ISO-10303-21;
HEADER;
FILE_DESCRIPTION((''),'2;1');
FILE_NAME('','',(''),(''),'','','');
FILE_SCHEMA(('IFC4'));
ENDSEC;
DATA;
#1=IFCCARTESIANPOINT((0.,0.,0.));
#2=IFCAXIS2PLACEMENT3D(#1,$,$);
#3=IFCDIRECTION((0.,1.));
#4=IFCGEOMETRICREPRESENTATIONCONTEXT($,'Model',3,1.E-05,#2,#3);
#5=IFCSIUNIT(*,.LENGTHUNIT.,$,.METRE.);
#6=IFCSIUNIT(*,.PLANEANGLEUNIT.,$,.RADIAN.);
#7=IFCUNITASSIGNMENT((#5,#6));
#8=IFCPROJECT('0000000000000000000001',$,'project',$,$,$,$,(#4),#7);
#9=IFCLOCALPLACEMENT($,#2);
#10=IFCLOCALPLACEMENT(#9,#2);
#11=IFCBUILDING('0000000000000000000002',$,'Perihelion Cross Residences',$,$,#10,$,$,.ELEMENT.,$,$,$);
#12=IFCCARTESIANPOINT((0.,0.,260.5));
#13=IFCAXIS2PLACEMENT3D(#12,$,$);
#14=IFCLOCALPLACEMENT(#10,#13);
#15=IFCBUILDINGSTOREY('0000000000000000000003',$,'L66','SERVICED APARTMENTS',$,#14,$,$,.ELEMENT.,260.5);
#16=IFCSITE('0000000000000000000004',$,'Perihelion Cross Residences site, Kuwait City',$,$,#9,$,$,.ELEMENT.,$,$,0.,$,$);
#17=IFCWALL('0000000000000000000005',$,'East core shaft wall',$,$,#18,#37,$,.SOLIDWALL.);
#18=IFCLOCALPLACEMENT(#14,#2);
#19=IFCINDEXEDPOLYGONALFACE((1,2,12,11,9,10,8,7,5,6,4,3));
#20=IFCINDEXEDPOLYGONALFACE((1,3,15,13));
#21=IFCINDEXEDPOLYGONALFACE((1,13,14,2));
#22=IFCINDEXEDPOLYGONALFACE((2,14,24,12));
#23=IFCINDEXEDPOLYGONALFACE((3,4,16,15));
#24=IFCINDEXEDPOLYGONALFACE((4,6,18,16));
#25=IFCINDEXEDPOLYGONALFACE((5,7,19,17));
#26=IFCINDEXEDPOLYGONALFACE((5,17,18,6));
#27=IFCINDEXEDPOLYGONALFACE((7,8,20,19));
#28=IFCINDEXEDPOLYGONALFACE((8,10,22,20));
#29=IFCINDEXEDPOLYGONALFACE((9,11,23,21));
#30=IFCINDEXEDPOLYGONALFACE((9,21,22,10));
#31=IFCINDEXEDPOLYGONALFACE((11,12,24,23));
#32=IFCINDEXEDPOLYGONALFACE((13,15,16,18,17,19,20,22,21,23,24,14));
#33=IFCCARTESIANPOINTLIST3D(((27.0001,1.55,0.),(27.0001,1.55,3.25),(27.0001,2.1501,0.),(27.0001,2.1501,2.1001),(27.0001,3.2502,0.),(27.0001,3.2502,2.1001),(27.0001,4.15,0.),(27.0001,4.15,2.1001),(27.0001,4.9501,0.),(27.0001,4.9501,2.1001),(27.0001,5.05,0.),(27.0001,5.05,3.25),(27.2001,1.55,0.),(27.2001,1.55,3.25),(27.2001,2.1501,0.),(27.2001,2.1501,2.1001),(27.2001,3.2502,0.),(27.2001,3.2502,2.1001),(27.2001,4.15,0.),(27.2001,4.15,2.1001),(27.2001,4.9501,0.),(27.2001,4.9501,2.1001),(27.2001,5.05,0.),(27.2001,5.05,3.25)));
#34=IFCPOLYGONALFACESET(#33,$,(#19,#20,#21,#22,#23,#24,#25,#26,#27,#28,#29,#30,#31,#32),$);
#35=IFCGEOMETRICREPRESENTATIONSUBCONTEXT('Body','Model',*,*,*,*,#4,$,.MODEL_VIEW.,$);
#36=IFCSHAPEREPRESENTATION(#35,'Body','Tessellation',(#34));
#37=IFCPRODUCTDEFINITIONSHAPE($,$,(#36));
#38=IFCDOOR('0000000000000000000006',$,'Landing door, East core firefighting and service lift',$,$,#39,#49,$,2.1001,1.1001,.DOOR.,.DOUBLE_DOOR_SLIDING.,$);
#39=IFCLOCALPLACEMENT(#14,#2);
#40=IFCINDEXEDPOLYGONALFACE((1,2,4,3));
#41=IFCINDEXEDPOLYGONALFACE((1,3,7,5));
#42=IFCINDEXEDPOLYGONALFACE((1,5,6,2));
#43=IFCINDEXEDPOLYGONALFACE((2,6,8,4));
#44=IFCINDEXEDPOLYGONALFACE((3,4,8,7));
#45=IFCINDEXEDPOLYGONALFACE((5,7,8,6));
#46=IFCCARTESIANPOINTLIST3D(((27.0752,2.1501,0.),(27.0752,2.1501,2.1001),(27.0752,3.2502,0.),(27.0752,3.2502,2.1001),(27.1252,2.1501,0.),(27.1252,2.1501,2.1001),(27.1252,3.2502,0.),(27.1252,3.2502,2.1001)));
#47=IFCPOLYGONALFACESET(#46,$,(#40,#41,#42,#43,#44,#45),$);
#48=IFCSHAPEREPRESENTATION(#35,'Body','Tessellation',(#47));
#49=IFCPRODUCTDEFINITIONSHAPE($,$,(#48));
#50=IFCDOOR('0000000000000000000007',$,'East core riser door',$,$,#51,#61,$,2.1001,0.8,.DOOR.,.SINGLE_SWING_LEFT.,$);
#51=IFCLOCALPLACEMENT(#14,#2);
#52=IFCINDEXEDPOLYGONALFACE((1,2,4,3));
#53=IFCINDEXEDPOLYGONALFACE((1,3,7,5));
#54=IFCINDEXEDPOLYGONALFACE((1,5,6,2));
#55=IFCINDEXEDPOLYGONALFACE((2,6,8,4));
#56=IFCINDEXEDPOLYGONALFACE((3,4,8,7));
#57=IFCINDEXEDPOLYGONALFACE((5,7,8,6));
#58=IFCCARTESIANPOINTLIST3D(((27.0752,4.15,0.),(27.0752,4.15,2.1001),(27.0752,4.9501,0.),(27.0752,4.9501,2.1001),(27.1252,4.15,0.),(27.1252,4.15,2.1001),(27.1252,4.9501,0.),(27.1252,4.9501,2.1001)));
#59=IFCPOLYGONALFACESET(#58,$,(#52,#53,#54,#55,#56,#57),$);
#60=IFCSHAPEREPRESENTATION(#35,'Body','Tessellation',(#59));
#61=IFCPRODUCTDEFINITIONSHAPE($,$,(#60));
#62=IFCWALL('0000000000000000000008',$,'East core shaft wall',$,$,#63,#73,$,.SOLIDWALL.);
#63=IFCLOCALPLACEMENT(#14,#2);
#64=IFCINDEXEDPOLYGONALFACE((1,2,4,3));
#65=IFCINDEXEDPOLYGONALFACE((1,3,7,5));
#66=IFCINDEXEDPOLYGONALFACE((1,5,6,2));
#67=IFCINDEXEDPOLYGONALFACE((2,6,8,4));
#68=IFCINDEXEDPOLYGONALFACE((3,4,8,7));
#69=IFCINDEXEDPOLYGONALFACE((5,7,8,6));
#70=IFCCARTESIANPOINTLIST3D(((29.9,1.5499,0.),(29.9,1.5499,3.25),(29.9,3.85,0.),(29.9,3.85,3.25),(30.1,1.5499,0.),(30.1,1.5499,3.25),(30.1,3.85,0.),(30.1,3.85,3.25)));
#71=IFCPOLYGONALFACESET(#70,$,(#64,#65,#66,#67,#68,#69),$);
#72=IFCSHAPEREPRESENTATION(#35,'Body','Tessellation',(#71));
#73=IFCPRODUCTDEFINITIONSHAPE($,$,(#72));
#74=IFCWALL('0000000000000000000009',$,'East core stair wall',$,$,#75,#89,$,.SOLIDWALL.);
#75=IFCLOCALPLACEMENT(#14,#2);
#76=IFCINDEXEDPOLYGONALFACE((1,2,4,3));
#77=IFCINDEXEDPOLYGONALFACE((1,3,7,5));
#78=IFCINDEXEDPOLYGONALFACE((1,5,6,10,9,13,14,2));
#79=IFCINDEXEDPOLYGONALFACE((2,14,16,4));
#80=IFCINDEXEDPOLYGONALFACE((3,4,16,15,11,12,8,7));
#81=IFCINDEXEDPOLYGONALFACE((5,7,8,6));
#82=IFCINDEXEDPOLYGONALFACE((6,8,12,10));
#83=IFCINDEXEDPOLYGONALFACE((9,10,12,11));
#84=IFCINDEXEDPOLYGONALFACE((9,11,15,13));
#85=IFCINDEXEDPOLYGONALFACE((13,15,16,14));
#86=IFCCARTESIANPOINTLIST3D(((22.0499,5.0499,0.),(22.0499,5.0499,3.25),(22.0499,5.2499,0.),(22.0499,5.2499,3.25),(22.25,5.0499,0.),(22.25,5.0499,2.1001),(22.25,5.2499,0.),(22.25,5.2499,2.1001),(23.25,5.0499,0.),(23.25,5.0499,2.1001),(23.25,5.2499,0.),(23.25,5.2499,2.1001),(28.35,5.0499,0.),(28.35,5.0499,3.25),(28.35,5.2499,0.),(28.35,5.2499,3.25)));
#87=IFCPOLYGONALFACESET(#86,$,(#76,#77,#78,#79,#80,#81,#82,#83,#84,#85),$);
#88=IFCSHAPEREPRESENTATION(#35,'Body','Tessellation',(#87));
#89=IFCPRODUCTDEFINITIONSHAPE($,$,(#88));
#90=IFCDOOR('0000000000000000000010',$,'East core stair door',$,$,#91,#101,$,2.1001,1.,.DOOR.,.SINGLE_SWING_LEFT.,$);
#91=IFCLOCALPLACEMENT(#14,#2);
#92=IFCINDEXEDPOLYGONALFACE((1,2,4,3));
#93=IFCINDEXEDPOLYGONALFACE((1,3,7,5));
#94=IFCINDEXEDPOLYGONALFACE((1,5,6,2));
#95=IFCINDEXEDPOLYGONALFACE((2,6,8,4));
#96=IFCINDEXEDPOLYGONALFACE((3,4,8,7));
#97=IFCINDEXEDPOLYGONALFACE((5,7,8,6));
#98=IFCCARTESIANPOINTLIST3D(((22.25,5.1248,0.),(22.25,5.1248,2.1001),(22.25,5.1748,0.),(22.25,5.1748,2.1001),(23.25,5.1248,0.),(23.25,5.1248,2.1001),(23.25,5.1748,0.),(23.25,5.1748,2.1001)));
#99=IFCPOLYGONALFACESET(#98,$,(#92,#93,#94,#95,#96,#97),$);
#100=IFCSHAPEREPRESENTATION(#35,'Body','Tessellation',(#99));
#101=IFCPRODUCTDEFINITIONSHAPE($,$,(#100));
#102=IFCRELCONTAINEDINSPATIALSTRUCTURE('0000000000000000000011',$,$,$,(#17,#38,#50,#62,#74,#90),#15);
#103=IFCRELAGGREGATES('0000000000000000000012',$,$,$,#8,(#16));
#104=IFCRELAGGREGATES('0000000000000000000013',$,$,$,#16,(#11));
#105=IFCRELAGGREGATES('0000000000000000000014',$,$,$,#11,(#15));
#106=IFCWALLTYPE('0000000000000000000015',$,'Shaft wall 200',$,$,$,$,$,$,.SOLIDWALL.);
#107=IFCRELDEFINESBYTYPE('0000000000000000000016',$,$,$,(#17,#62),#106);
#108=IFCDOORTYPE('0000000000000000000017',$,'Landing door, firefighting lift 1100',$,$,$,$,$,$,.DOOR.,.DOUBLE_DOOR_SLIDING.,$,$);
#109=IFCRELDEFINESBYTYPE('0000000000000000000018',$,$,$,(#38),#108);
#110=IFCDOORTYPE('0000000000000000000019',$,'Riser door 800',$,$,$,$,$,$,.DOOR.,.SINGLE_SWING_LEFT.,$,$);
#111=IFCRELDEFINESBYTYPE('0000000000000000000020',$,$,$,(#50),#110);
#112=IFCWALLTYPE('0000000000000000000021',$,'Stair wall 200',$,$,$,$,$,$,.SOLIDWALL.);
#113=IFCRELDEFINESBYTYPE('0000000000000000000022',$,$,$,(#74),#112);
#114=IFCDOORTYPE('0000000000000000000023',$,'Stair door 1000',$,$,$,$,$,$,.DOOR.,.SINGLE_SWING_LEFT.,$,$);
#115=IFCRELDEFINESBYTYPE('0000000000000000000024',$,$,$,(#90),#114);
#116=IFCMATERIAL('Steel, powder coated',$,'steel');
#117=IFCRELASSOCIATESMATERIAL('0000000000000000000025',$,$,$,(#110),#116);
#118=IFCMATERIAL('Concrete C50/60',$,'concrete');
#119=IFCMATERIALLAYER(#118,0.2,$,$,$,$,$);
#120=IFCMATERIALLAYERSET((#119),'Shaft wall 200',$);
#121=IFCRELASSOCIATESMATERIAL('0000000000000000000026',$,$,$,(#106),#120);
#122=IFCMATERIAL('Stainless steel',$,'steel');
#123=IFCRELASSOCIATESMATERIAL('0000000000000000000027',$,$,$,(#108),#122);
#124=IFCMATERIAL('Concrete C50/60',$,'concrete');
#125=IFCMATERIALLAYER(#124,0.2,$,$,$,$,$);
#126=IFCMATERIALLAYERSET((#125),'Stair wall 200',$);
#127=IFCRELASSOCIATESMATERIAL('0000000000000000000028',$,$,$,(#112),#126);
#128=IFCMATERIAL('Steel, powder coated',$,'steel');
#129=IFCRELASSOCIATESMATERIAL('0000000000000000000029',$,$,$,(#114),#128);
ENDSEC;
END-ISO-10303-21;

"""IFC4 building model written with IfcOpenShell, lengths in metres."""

from ifc_helpers import new_model, si_unit, direction, frame, frame_2d, origin, place, context, subcontext, project, spatial, rectangle, extrude, material, layer, layer_set, type_object, element, fill, save


model = new_model("IFC4")

# Units and contexts
model_context = context("Model", 3, precision=1e-05, world=origin(), true_north=direction((0.0, 1.0)))
body_context = subcontext(model_context, "Body", "Model", "MODEL_VIEW")
ifc_project = project(units=[si_unit("LENGTHUNIT", "METRE"), si_unit("PLANEANGLEUNIT", "RADIAN")], contexts=[model_context])

# Site, building, storey
site_placement = place(None, origin())
site = spatial("IfcSite", under=ifc_project, at=site_placement, Name="Perihelion Cross Residences site, Kuwait City", CompositionType="ELEMENT", RefElevation=0.0)
building_placement = place(site_placement, origin())
building = spatial("IfcBuilding", under=site, at=building_placement, Name="Perihelion Cross Residences", CompositionType="ELEMENT")
storey_placement = place(building_placement, frame((0.0, 0.0, 260.5)))
storey = spatial("IfcBuildingStorey", under=building, at=storey_placement, Name="L66", Description="SERVICED APARTMENTS", CompositionType="ELEMENT", Elevation=260.5)

# Shared definitions
ifc_material_1 = material(Name="Steel, powder coated", Category="steel")
door_type_1 = type_object("IfcDoorType", Name="Riser door 800", OperationType="SINGLE_SWING_LEFT", PredefinedType="DOOR", material=ifc_material_1)

# Shared definitions
ifc_material_2 = material(Name="Concrete C50/60", Category="concrete")
ifc_layer_1 = layer(ifc_material_2, 0.2)
ifc_layer_set_1 = layer_set([ifc_layer_1], Name="Shaft wall 200")
wall_type_1 = type_object("IfcWallType", Name="Shaft wall 200", PredefinedType="SOLIDWALL", material=ifc_layer_set_1)

# Wall, openings, doors
wall_1_placement = place(storey_placement, frame((27.1001, 1.55, 0.0), z_axis=(0.0, 0.0, 1.0), x_axis=(0.0, 1.0, 0.0)))
wall_1 = element("IfcWall", 1, at=wall_1_placement, inside=storey, type_object=wall_type_1, Name="East core shaft wall", PredefinedType="SOLIDWALL", context=body_context, shape_type="SweptSolid", body=[
    extrude(rectangle(XDim=3.5, YDim=0.2, at=frame_2d((1.75, 0.0))), origin(), (0.0, 0.0, 1.0), 3.25),
])
opening_1_placement = place(wall_1_placement, frame((0.6001, 0.0, 0.0)))
opening_1 = element("IfcOpeningElement", 2, at=opening_1_placement, cuts=wall_1, PredefinedType="OPENING", context=body_context, shape_type="SweptSolid", body=[
    extrude(rectangle(XDim=1.1001, YDim=2.1001, at=frame_2d((0.55, 1.05))), frame((0.0, 0.1099, 0.0), z_axis=(0.0, -1.0, 0.0), x_axis=(1.0, 0.0, 0.0)), (0.0, 0.0, 1.0), 0.22),
])
opening_2_placement = place(wall_1_placement, frame((2.6001, 0.0, 0.0)))
opening_2 = element("IfcOpeningElement", 3, at=opening_2_placement, cuts=wall_1, PredefinedType="OPENING", context=body_context, shape_type="SweptSolid", body=[
    extrude(rectangle(XDim=0.8, YDim=2.1001, at=frame_2d((0.3999, 1.05))), frame((0.0, 0.1099, 0.0), z_axis=(0.0, -1.0, 0.0), x_axis=(1.0, 0.0, 0.0)), (0.0, 0.0, 1.0), 0.22),
])
ifc_material_3 = material(Name="Stainless steel", Category="steel")
door_type_2 = type_object("IfcDoorType", Name="Landing door, firefighting lift 1100", OperationType="DOUBLE_DOOR_SLIDING", PredefinedType="DOOR", material=ifc_material_3)
door_1_placement = place(opening_1_placement, origin())
door_1 = element("IfcDoor", 4, at=door_1_placement, inside=storey, type_object=door_type_2, Name="Landing door, East core firefighting and service lift", OperationType="DOUBLE_DOOR_SLIDING", OverallHeight=2.1001, OverallWidth=1.1001, PredefinedType="DOOR", context=body_context, shape_type="SweptSolid", body=[
    extrude(rectangle(XDim=1.1001, YDim=2.1001, at=frame_2d((0.55, 1.05))), frame((0.0, 0.0249, 0.0), z_axis=(0.0, -1.0, 0.0), x_axis=(1.0, 0.0, 0.0)), (0.0, 0.0, 1.0), 0.05),
])
fill(opening_1, door_1)
door_2_placement = place(opening_2_placement, origin())
door_2 = element("IfcDoor", 5, at=door_2_placement, inside=storey, type_object=door_type_1, Name="East core riser door", OperationType="SINGLE_SWING_LEFT", OverallHeight=2.1001, OverallWidth=0.8, PredefinedType="DOOR", context=body_context, shape_type="SweptSolid", body=[
    extrude(rectangle(XDim=0.8, YDim=2.1001, at=frame_2d((0.3999, 1.05))), frame((0.0, 0.0249, 0.0), z_axis=(0.0, -1.0, 0.0), x_axis=(1.0, 0.0, 0.0)), (0.0, 0.0, 1.0), 0.05),
])
fill(opening_2, door_2)

# Wall
wall_2_placement = place(storey_placement, frame((30.0, 1.55, 0.0), z_axis=(0.0, 0.0, 1.0), x_axis=(0.0, 1.0, 0.0)))
element("IfcWall", 6, at=wall_2_placement, inside=storey, type_object=wall_type_1, Name="East core shaft wall", PredefinedType="SOLIDWALL", context=body_context, shape_type="SweptSolid", body=[
    extrude(rectangle(XDim=2.3, YDim=0.2, at=frame_2d((1.1499, 0.0))), origin(), (0.0, 0.0, 1.0), 3.25),
])

# Wall, opening, door
ifc_material_4 = material(Name="Concrete C50/60", Category="concrete")
ifc_layer_2 = layer(ifc_material_4, 0.2)
ifc_layer_set_2 = layer_set([ifc_layer_2], Name="Stair wall 200")
wall_type_2 = type_object("IfcWallType", Name="Stair wall 200", PredefinedType="SOLIDWALL", material=ifc_layer_set_2)
wall_3_placement = place(storey_placement, frame((22.05, 5.1499, 0.0), z_axis=(0.0, 0.0, 1.0), x_axis=(1.0, 0.0, 0.0)))
wall_3 = element("IfcWall", 7, at=wall_3_placement, inside=storey, type_object=wall_type_2, Name="East core stair wall", PredefinedType="SOLIDWALL", context=body_context, shape_type="SweptSolid", body=[
    extrude(rectangle(XDim=6.3, YDim=0.2, at=frame_2d((3.1499, 0.0))), origin(), (0.0, 0.0, 1.0), 3.25),
])
opening_3_placement = place(wall_3_placement, frame((0.2, 0.0, 0.0)))
opening_3 = element("IfcOpeningElement", 8, at=opening_3_placement, cuts=wall_3, PredefinedType="OPENING", context=body_context, shape_type="SweptSolid", body=[
    extrude(rectangle(XDim=1.0, YDim=2.1001, at=frame_2d((0.5, 1.05))), frame((0.0, 0.1099, 0.0), z_axis=(0.0, -1.0, 0.0), x_axis=(1.0, 0.0, 0.0)), (0.0, 0.0, 1.0), 0.22),
])
ifc_material_5 = material(Name="Steel, powder coated", Category="steel")
door_type_3 = type_object("IfcDoorType", Name="Stair door 1000", OperationType="SINGLE_SWING_LEFT", PredefinedType="DOOR", material=ifc_material_5)
door_3_placement = place(opening_3_placement, origin())
door_3 = element("IfcDoor", 9, at=door_3_placement, inside=storey, type_object=door_type_3, Name="East core stair door", OperationType="SINGLE_SWING_LEFT", OverallHeight=2.1001, OverallWidth=1.0, PredefinedType="DOOR", context=body_context, shape_type="SweptSolid", body=[
    extrude(rectangle(XDim=1.0, YDim=2.1001, at=frame_2d((0.5, 1.05))), frame((0.0, 0.0249, 0.0), z_axis=(0.0, -1.0, 0.0), x_axis=(1.0, 0.0, 0.0)), (0.0, 0.0, 1.0), 0.05),
])
fill(opening_3, door_3)

save(model, "model.ifc")
